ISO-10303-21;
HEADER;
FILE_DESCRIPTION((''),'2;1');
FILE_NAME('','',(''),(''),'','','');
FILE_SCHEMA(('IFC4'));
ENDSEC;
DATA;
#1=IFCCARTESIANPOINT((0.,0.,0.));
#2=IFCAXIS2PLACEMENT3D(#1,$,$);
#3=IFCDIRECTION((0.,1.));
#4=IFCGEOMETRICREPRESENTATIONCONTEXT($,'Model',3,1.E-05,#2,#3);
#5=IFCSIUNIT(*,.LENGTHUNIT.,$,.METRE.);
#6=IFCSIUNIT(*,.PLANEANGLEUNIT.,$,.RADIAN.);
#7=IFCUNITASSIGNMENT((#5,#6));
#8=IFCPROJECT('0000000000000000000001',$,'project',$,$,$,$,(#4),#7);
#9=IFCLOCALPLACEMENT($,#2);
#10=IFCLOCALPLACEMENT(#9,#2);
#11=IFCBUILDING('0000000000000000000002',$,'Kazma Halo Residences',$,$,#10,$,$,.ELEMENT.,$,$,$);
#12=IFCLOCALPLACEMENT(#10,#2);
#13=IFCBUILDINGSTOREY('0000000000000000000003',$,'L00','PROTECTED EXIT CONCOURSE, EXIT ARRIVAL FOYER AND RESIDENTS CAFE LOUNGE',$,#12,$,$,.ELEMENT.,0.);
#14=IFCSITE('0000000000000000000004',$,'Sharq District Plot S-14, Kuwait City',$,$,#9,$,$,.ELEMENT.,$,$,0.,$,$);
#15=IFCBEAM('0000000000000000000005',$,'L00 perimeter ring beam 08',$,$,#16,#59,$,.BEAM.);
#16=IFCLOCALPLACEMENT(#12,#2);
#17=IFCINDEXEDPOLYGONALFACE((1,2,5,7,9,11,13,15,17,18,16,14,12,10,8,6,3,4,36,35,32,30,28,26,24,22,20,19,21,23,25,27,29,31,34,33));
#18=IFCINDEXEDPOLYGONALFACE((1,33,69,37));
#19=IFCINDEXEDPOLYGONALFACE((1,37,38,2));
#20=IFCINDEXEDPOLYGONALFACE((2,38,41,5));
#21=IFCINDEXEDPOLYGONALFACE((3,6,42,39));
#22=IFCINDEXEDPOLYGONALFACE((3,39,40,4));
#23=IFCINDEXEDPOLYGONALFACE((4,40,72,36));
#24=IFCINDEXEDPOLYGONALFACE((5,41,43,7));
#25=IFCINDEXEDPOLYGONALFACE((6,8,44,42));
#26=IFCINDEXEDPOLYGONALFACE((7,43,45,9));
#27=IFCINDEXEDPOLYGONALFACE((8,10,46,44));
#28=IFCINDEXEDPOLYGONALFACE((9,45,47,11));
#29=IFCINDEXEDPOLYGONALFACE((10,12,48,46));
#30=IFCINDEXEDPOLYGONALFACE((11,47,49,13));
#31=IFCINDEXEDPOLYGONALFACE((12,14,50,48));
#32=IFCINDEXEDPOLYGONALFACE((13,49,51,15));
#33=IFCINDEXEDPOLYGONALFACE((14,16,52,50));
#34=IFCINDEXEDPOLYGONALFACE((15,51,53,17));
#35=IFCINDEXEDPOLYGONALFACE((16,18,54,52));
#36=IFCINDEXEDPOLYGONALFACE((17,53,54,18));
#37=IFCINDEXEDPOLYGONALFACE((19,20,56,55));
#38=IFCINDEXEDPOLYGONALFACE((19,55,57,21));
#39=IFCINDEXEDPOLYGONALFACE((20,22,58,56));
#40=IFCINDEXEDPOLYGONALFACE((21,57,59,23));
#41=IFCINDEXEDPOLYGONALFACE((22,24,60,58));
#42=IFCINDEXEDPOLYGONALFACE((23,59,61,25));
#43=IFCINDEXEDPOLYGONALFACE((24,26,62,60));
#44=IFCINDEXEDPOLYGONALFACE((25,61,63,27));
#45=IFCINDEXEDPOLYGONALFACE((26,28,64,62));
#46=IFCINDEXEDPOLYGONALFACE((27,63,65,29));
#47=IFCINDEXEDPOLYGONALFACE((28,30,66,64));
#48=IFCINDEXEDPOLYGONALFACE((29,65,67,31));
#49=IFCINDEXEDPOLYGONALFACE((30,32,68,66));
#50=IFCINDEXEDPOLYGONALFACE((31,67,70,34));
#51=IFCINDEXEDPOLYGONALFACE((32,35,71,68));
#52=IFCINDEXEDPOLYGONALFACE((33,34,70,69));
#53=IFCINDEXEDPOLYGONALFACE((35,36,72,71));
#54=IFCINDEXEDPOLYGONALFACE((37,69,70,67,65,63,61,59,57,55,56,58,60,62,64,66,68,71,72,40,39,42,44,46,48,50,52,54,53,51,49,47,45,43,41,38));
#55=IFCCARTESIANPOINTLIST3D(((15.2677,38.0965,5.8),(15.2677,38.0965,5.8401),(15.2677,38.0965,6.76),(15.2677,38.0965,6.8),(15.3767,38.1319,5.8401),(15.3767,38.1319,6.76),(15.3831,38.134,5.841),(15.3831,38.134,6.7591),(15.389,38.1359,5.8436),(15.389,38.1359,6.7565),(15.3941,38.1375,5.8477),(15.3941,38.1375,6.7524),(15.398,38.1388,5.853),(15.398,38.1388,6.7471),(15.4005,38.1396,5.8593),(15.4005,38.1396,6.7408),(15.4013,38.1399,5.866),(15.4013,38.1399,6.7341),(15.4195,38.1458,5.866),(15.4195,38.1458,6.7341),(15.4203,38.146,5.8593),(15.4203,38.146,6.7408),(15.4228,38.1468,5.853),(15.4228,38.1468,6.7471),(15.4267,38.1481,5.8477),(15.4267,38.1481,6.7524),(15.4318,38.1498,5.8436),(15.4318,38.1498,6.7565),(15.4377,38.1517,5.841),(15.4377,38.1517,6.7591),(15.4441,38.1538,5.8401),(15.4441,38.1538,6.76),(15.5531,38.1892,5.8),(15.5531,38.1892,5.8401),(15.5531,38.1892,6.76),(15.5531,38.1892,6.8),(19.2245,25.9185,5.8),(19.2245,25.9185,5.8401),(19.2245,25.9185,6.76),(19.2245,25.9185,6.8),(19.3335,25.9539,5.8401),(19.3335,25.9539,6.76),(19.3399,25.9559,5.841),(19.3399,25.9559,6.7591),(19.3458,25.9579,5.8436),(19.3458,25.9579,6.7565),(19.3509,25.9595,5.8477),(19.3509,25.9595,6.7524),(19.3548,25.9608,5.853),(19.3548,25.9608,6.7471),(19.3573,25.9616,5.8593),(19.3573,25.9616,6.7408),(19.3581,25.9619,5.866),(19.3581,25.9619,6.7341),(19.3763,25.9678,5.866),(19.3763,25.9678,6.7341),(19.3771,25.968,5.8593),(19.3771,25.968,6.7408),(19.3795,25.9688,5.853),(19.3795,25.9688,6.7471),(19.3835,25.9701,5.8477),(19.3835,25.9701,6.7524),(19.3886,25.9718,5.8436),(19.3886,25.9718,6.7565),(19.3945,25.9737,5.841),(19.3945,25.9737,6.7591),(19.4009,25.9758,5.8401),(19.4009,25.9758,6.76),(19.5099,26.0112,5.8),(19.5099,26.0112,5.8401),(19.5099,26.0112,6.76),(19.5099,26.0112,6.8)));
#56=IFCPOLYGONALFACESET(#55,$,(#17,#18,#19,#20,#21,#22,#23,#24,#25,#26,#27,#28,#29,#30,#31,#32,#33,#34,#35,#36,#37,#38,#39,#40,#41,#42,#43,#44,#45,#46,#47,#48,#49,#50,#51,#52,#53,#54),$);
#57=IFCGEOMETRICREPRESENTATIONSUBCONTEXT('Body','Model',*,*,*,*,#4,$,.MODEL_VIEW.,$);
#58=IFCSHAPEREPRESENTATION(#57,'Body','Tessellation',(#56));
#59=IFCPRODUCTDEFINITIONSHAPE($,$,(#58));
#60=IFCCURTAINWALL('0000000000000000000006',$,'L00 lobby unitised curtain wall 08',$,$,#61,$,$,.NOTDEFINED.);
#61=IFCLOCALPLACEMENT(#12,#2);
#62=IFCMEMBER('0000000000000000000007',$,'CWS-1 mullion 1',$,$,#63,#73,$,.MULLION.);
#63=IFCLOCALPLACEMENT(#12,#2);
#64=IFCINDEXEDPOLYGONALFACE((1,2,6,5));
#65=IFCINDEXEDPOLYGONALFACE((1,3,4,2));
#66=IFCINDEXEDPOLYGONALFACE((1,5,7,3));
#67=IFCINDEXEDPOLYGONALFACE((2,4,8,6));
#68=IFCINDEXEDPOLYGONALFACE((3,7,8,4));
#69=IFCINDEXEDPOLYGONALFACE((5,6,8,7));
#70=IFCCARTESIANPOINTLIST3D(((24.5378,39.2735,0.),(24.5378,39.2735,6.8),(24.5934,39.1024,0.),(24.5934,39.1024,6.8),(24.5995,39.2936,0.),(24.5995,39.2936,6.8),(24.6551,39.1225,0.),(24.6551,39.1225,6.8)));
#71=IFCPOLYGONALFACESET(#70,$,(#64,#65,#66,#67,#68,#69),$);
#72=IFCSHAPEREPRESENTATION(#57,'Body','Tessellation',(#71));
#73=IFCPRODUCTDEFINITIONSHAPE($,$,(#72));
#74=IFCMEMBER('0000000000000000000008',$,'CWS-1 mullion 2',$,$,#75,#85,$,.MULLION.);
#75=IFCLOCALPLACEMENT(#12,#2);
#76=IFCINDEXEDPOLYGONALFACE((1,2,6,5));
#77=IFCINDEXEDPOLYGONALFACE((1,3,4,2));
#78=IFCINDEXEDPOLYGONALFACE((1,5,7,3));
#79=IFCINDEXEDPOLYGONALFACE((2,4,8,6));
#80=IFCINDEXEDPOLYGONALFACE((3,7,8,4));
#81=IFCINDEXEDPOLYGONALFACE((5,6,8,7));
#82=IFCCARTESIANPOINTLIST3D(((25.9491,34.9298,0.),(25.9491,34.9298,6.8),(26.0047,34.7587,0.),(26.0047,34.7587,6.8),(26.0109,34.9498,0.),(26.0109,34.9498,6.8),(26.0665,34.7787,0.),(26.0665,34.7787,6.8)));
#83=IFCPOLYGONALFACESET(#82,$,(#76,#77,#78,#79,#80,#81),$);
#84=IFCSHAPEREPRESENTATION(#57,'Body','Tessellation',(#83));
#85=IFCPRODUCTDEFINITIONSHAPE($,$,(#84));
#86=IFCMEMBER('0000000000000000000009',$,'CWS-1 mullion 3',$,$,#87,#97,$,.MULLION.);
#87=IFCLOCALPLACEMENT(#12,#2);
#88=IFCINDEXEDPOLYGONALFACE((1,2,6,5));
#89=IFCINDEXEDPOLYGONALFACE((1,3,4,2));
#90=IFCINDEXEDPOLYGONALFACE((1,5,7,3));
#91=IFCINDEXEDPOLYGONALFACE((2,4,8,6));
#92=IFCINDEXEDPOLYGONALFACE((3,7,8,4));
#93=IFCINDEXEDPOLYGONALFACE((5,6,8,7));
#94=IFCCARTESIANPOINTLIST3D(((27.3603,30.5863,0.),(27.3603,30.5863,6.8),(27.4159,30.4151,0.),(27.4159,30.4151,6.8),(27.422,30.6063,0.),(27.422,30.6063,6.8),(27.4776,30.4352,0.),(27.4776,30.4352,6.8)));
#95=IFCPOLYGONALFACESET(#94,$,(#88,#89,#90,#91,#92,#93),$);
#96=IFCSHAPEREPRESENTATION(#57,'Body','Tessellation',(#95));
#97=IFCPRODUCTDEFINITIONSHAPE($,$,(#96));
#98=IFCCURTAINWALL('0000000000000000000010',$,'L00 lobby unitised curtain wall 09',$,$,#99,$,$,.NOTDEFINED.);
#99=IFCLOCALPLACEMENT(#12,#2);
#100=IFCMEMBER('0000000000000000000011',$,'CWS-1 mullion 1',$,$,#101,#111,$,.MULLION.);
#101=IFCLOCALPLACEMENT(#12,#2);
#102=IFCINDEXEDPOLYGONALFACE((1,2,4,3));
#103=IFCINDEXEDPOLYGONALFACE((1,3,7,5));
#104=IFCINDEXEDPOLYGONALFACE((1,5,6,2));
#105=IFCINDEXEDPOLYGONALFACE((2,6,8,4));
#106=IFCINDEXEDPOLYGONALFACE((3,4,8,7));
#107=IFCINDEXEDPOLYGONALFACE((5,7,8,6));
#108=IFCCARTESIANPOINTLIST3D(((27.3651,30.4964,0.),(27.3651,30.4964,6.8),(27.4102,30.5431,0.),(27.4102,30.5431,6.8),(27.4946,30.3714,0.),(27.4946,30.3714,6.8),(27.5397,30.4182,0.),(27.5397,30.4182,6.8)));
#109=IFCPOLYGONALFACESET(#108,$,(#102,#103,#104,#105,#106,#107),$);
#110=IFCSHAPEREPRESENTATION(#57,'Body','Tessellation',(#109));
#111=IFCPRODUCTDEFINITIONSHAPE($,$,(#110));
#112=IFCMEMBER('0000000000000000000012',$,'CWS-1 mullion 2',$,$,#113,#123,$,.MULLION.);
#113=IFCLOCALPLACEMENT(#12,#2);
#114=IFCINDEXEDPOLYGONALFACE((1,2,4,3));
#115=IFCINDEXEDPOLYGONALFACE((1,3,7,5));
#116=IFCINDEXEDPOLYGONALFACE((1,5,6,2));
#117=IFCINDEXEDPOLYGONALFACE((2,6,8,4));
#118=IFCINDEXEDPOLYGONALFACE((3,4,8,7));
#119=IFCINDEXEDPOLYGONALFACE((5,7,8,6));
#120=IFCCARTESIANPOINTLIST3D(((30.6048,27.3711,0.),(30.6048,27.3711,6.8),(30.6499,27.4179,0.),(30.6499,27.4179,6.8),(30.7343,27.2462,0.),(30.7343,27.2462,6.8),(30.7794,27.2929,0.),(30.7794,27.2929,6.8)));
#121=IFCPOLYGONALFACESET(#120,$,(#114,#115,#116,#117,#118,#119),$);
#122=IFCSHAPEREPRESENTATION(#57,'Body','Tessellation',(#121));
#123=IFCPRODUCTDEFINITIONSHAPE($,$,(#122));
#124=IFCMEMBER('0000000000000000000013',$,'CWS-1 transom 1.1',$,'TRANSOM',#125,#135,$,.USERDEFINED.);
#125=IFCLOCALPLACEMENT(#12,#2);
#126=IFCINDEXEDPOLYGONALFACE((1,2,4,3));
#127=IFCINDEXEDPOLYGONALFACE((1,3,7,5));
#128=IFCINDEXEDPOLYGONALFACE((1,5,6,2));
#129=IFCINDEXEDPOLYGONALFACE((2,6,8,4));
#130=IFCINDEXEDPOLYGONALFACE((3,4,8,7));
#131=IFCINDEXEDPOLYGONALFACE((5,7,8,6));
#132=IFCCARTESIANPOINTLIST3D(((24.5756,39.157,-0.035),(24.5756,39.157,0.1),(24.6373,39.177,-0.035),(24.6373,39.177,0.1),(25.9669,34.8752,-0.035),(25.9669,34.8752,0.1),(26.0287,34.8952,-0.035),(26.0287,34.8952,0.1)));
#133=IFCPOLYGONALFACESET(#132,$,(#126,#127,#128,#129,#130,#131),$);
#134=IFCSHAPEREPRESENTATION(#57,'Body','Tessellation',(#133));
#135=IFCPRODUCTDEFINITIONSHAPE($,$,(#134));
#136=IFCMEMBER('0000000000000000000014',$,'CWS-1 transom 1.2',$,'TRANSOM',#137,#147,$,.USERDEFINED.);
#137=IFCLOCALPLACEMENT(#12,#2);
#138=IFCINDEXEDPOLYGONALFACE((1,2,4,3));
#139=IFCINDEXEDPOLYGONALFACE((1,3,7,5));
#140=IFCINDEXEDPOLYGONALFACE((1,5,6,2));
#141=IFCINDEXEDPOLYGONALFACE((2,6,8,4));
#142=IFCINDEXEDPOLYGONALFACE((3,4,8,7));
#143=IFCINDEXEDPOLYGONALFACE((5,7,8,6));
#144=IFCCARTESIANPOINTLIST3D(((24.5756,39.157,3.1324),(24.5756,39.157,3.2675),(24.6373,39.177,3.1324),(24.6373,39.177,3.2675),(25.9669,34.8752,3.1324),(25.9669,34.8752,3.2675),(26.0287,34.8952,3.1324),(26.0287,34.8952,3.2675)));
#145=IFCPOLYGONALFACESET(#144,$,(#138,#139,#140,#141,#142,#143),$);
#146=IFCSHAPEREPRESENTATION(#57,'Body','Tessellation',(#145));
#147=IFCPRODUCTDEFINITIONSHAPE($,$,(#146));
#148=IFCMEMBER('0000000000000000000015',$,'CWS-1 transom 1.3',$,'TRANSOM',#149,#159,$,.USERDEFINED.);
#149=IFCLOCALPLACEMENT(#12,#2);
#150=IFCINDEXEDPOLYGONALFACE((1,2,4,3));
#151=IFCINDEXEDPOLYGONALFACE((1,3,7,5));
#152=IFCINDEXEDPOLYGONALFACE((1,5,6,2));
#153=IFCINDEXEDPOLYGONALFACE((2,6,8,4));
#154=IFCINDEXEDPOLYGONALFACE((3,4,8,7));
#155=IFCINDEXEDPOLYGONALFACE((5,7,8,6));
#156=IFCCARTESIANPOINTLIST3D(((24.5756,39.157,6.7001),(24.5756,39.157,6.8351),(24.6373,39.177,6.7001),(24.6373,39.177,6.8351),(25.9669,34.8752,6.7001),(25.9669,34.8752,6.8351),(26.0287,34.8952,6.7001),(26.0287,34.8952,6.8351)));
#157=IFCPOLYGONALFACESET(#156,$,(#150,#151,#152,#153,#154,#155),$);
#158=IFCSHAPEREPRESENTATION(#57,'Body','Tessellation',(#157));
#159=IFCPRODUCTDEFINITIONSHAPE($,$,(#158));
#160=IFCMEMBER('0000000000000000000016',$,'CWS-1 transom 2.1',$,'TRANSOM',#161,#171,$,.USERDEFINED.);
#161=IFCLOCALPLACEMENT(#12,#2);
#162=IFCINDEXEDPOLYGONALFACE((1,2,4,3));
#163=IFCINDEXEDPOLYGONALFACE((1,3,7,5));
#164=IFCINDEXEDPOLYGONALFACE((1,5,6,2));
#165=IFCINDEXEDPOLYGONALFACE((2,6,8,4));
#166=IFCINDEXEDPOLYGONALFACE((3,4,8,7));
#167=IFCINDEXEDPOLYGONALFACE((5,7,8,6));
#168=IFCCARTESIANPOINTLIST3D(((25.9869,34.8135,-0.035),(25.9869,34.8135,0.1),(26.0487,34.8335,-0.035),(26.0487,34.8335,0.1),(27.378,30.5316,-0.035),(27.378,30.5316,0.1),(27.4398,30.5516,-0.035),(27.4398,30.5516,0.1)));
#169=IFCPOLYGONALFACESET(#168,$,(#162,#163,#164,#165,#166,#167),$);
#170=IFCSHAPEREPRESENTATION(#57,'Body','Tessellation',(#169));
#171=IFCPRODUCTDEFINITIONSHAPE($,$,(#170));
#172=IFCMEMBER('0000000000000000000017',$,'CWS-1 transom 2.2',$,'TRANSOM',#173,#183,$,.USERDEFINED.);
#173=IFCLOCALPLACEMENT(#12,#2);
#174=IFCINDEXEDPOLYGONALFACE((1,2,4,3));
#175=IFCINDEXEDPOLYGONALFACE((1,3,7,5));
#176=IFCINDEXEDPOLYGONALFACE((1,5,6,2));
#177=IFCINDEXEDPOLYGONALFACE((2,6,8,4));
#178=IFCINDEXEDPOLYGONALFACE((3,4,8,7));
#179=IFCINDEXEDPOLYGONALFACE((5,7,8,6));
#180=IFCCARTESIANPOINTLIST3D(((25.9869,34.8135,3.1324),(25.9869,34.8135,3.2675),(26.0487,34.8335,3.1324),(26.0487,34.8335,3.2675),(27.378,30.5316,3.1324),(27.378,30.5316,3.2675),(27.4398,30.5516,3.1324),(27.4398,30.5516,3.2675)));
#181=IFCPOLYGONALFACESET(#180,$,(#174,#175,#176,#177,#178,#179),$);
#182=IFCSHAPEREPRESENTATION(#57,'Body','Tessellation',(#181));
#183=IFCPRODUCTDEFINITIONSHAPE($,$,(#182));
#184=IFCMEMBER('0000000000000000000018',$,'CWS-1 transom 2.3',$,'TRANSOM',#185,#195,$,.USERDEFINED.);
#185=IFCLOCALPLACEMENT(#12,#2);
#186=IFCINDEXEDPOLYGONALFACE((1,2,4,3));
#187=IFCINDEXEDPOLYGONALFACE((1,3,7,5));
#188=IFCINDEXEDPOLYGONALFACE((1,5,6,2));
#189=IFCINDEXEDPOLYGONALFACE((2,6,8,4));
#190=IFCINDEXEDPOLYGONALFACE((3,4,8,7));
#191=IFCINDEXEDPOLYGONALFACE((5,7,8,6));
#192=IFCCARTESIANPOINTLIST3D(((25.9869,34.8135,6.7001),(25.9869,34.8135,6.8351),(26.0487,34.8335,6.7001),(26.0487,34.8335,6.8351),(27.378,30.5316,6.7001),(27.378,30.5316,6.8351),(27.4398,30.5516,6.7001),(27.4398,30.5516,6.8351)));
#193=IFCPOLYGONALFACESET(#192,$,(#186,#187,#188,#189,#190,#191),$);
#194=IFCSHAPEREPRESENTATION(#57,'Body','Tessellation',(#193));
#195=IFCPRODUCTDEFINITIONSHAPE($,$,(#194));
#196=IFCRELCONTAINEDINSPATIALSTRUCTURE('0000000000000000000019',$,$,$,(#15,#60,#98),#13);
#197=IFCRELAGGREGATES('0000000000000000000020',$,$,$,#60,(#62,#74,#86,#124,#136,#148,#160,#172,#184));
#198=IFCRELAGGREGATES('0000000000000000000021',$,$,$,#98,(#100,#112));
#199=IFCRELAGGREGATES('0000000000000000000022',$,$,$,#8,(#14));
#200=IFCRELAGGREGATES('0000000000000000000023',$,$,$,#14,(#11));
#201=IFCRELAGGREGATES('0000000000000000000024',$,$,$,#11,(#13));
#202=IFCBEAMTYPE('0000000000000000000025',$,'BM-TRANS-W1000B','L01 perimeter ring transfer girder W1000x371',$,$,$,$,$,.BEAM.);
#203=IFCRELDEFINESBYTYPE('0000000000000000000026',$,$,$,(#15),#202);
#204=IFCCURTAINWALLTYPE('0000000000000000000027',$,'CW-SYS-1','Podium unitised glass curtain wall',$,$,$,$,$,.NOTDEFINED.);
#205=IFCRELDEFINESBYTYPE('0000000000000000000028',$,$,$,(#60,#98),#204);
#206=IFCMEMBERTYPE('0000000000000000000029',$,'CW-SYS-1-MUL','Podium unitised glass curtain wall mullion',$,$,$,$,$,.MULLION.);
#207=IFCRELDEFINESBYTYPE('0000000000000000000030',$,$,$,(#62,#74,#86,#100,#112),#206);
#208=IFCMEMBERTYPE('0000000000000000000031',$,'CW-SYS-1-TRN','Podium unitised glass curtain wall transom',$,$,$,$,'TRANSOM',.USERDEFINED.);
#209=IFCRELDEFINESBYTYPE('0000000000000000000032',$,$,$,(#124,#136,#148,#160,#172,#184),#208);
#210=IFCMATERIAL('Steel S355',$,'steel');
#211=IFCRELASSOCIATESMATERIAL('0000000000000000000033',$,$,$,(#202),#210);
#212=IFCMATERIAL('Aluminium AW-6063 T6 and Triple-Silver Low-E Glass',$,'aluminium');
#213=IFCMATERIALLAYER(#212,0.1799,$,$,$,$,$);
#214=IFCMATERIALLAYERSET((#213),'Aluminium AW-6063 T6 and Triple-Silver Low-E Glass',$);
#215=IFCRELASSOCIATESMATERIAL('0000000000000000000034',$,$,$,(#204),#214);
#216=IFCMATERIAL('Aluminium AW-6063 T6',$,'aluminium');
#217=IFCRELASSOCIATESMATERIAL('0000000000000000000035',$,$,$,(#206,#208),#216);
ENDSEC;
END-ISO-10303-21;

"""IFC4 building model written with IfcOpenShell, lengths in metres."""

from ifc_helpers import new_model, si_unit, direction, frame, origin, origin_2d, place, context, subcontext, project, spatial, rectangle, i_section, extrude, material, layer, layer_set, material_profile, profile_set, type_object, element, aggregate, save


model = new_model("IFC4")

# Units and contexts
model_context = context("Model", 3, precision=1e-05, world=origin(), true_north=direction((0.0, 1.0)))
body_context = subcontext(model_context, "Body", "Model", "MODEL_VIEW")
ifc_project = project(units=[si_unit("LENGTHUNIT", "METRE"), si_unit("PLANEANGLEUNIT", "RADIAN")], contexts=[model_context])

# Site, building, storey
site_placement = place(None, origin())
site = spatial("IfcSite", under=ifc_project, at=site_placement, Name="Sharq District Plot S-14, Kuwait City", CompositionType="ELEMENT", RefElevation=0.0)
building_placement = place(site_placement, origin())
building = spatial("IfcBuilding", under=site, at=building_placement, Name="Kazma Halo Residences", CompositionType="ELEMENT")
storey_placement = place(building_placement, origin())
storey = spatial("IfcBuildingStorey", under=building, at=storey_placement, Name="L00", Description="PROTECTED EXIT CONCOURSE, EXIT ARRIVAL FOYER AND RESIDENTS CAFE LOUNGE", CompositionType="ELEMENT", Elevation=0.0)

# Beam
ifc_material_1 = material(Name="Steel S355", Category="steel")
ifc_material_profile_1 = material_profile(ifc_material_1, i_section(OverallWidth=0.3, OverallDepth=1.0, WebThickness=0.019, FlangeThickness=0.04, FilletRadius=0.0259, at=origin_2d()), Name="W1000x371")
ifc_profile_set_1 = profile_set([ifc_material_profile_1], Name="Steel S355")
beam_type_1 = type_object("IfcBeamType", Name="BM-TRANS-W1000B", Description="L01 perimeter ring transfer girder W1000x371", PredefinedType="BEAM", material=ifc_profile_set_1)
beam_1_placement = place(storey_placement, frame((15.4104, 38.1428, 6.3), z_axis=(0.309011, -0.951058, 0.0), x_axis=(0.951058, 0.309011, 0.0)))
element("IfcBeam", 1, at=beam_1_placement, inside=storey, type_object=beam_type_1, Name="L00 perimeter ring beam 08", PredefinedType="BEAM", context=body_context, shape_type="SweptSolid", body=[
    extrude(i_section(OverallWidth=0.3, OverallDepth=1.0, WebThickness=0.019, FlangeThickness=0.04, FilletRadius=0.0259, at=origin_2d()), origin(), (0.0, 0.0, 1.0), 12.8047),
])

# Curtain walls, members
ifc_material_2 = material(Name="Aluminium AW-6063 T6 and Triple-Silver Low-E Glass", Category="aluminium")
ifc_layer_1 = layer(ifc_material_2, 0.1799)
ifc_layer_set_1 = layer_set([ifc_layer_1], Name="Aluminium AW-6063 T6 and Triple-Silver Low-E Glass")
curtain_wall_type = type_object("IfcCurtainWallType", Name="CW-SYS-1", Description="Podium unitised glass curtain wall", PredefinedType="NOTDEFINED", material=ifc_layer_set_1)
curtain_wall_1_placement = place(storey_placement, origin())
curtain_wall_1 = element("IfcCurtainWall", 2, at=curtain_wall_1_placement, inside=storey, type_object=curtain_wall_type, Name="L00 lobby unitised curtain wall 08", PredefinedType="NOTDEFINED")
ifc_material_3 = material(Name="Aluminium AW-6063 T6", Category="aluminium")
ifc_material_profile_2 = material_profile(ifc_material_3, rectangle(XDim=0.0649, YDim=0.1799, at=origin_2d()), Name="CWM-65x180")
ifc_profile_set_2 = profile_set([ifc_material_profile_2], Name="Aluminium AW-6063 T6")
member_type_1 = type_object("IfcMemberType", Name="CW-SYS-1-MUL", Description="Podium unitised glass curtain wall mullion", PredefinedType="MULLION", material=ifc_profile_set_2)
member_1_placement = place(storey_placement, frame((24.5964, 39.198, 0.0), z_axis=(0.0, 0.0, 1.0), x_axis=(0.951057, 0.309015, 0.0)))
member_1 = element("IfcMember", 3, at=member_1_placement, type_object=member_type_1, Name="CWS-1 mullion 1", PredefinedType="MULLION", context=body_context, shape_type="SweptSolid", body=[
    extrude(rectangle(XDim=0.0649, YDim=0.1799, at=origin_2d()), origin(), (0.0, 0.0, 1.0), 6.8),
])
member_2_placement = place(storey_placement, frame((26.0078, 34.8542, 0.0), z_axis=(0.0, 0.0, 1.0), x_axis=(0.951057, 0.309015, 0.0)))
member_2 = element("IfcMember", 4, at=member_2_placement, type_object=member_type_1, Name="CWS-1 mullion 2", PredefinedType="MULLION", context=body_context, shape_type="SweptSolid", body=[
    extrude(rectangle(XDim=0.0649, YDim=0.1799, at=origin_2d()), origin(), (0.0, 0.0, 1.0), 6.8),
])
member_3_placement = place(storey_placement, frame((27.4189, 30.5107, 0.0), z_axis=(0.0, 0.0, 1.0), x_axis=(0.951057, 0.309015, 0.0)))
member_3 = element("IfcMember", 5, at=member_3_placement, type_object=member_type_1, Name="CWS-1 mullion 3", PredefinedType="MULLION", context=body_context, shape_type="SweptSolid", body=[
    extrude(rectangle(XDim=0.0649, YDim=0.1799, at=origin_2d()), origin(), (0.0, 0.0, 1.0), 6.8),
])
curtain_wall_2_placement = place(storey_placement, origin())
curtain_wall_2 = element("IfcCurtainWall", 6, at=curtain_wall_2_placement, inside=storey, type_object=curtain_wall_type, Name="L00 lobby unitised curtain wall 09", PredefinedType="NOTDEFINED")
member_4_placement = place(storey_placement, frame((27.4524, 30.4573, 0.0), z_axis=(0.0, 0.0, 1.0), x_axis=(0.694294, 0.719692, 0.0)))
member_4 = element("IfcMember", 7, at=member_4_placement, type_object=member_type_1, Name="CWS-1 mullion 1", PredefinedType="MULLION", context=body_context, shape_type="SweptSolid", body=[
    extrude(rectangle(XDim=0.0649, YDim=0.1799, at=origin_2d()), origin(), (0.0, 0.0, 1.0), 6.8),
])
member_5_placement = place(storey_placement, frame((30.6921, 27.332, 0.0), z_axis=(0.0, 0.0, 1.0), x_axis=(0.694294, 0.719692, 0.0)))
member_5 = element("IfcMember", 8, at=member_5_placement, type_object=member_type_1, Name="CWS-1 mullion 2", PredefinedType="MULLION", context=body_context, shape_type="SweptSolid", body=[
    extrude(rectangle(XDim=0.0649, YDim=0.1799, at=origin_2d()), origin(), (0.0, 0.0, 1.0), 6.8),
])

# Members
ifc_material_profile_3 = material_profile(ifc_material_3, rectangle(XDim=0.0649, YDim=0.135, at=origin_2d()), Name="CWT-65x135")
ifc_profile_set_3 = profile_set([ifc_material_profile_3], Name="Aluminium AW-6063 T6")
member_type_2 = type_object("IfcMemberType", Name="CW-SYS-1-TRN", Description="Podium unitised glass curtain wall transom", ElementType="TRANSOM", PredefinedType="USERDEFINED", material=ifc_profile_set_3)
member_6_placement = place(storey_placement, frame((24.6064, 39.167, 0.0325), z_axis=(0.309044, -0.951048, 0.0), x_axis=(0.951048, 0.309044, 0.0)))
member_6 = element("IfcMember", 9, at=member_6_placement, type_object=member_type_2, Name="CWS-1 transom 1.1", ObjectType="TRANSOM", PredefinedType="USERDEFINED", context=body_context, shape_type="SweptSolid", body=[
    extrude(rectangle(XDim=0.0649, YDim=0.135, at=origin_2d()), origin(), (0.0, 0.0, 1.0), 4.5022),
])
member_7_placement = place(storey_placement, frame((24.6064, 39.167, 3.2), z_axis=(0.309044, -0.951048, 0.0), x_axis=(0.951048, 0.309044, 0.0)))
member_7 = element("IfcMember", 10, at=member_7_placement, type_object=member_type_2, Name="CWS-1 transom 1.2", ObjectType="TRANSOM", PredefinedType="USERDEFINED", context=body_context, shape_type="SweptSolid", body=[
    extrude(rectangle(XDim=0.0649, YDim=0.135, at=origin_2d()), origin(), (0.0, 0.0, 1.0), 4.5022),
])
member_8_placement = place(storey_placement, frame((24.6064, 39.167, 6.7676), z_axis=(0.309044, -0.951048, 0.0), x_axis=(0.951048, 0.309044, 0.0)))
member_8 = element("IfcMember", 11, at=member_8_placement, type_object=member_type_2, Name="CWS-1 transom 1.3", ObjectType="TRANSOM", PredefinedType="USERDEFINED", context=body_context, shape_type="SweptSolid", body=[
    extrude(rectangle(XDim=0.0649, YDim=0.135, at=origin_2d()), origin(), (0.0, 0.0, 1.0), 4.5022),
])
member_9_placement = place(storey_placement, frame((26.0178, 34.8235, 0.0325), z_axis=(0.308979, -0.951069, 0.0), x_axis=(0.951069, 0.308979, 0.0)))
member_9 = element("IfcMember", 12, at=member_9_placement, type_object=member_type_2, Name="CWS-1 transom 2.1", ObjectType="TRANSOM", PredefinedType="USERDEFINED", context=body_context, shape_type="SweptSolid", body=[
    extrude(rectangle(XDim=0.0649, YDim=0.135, at=origin_2d()), origin(), (0.0, 0.0, 1.0), 4.5022),
])
member_10_placement = place(storey_placement, frame((26.0178, 34.8235, 3.2), z_axis=(0.308979, -0.951069, 0.0), x_axis=(0.951069, 0.308979, 0.0)))
member_10 = element("IfcMember", 13, at=member_10_placement, type_object=member_type_2, Name="CWS-1 transom 2.2", ObjectType="TRANSOM", PredefinedType="USERDEFINED", context=body_context, shape_type="SweptSolid", body=[
    extrude(rectangle(XDim=0.0649, YDim=0.135, at=origin_2d()), origin(), (0.0, 0.0, 1.0), 4.5022),
])
member_11_placement = place(storey_placement, frame((26.0178, 34.8235, 6.7676), z_axis=(0.308979, -0.951069, 0.0), x_axis=(0.951069, 0.308979, 0.0)))
member_11 = element("IfcMember", 14, at=member_11_placement, type_object=member_type_2, Name="CWS-1 transom 2.3", ObjectType="TRANSOM", PredefinedType="USERDEFINED", context=body_context, shape_type="SweptSolid", body=[
    extrude(rectangle(XDim=0.0649, YDim=0.135, at=origin_2d()), origin(), (0.0, 0.0, 1.0), 4.5022),
])

aggregate(curtain_wall_1, [member_1, member_2, member_3, member_6, member_7, member_8, member_9, member_10, member_11])
aggregate(curtain_wall_2, [member_4, member_5])

save(model, "model.ifc")
